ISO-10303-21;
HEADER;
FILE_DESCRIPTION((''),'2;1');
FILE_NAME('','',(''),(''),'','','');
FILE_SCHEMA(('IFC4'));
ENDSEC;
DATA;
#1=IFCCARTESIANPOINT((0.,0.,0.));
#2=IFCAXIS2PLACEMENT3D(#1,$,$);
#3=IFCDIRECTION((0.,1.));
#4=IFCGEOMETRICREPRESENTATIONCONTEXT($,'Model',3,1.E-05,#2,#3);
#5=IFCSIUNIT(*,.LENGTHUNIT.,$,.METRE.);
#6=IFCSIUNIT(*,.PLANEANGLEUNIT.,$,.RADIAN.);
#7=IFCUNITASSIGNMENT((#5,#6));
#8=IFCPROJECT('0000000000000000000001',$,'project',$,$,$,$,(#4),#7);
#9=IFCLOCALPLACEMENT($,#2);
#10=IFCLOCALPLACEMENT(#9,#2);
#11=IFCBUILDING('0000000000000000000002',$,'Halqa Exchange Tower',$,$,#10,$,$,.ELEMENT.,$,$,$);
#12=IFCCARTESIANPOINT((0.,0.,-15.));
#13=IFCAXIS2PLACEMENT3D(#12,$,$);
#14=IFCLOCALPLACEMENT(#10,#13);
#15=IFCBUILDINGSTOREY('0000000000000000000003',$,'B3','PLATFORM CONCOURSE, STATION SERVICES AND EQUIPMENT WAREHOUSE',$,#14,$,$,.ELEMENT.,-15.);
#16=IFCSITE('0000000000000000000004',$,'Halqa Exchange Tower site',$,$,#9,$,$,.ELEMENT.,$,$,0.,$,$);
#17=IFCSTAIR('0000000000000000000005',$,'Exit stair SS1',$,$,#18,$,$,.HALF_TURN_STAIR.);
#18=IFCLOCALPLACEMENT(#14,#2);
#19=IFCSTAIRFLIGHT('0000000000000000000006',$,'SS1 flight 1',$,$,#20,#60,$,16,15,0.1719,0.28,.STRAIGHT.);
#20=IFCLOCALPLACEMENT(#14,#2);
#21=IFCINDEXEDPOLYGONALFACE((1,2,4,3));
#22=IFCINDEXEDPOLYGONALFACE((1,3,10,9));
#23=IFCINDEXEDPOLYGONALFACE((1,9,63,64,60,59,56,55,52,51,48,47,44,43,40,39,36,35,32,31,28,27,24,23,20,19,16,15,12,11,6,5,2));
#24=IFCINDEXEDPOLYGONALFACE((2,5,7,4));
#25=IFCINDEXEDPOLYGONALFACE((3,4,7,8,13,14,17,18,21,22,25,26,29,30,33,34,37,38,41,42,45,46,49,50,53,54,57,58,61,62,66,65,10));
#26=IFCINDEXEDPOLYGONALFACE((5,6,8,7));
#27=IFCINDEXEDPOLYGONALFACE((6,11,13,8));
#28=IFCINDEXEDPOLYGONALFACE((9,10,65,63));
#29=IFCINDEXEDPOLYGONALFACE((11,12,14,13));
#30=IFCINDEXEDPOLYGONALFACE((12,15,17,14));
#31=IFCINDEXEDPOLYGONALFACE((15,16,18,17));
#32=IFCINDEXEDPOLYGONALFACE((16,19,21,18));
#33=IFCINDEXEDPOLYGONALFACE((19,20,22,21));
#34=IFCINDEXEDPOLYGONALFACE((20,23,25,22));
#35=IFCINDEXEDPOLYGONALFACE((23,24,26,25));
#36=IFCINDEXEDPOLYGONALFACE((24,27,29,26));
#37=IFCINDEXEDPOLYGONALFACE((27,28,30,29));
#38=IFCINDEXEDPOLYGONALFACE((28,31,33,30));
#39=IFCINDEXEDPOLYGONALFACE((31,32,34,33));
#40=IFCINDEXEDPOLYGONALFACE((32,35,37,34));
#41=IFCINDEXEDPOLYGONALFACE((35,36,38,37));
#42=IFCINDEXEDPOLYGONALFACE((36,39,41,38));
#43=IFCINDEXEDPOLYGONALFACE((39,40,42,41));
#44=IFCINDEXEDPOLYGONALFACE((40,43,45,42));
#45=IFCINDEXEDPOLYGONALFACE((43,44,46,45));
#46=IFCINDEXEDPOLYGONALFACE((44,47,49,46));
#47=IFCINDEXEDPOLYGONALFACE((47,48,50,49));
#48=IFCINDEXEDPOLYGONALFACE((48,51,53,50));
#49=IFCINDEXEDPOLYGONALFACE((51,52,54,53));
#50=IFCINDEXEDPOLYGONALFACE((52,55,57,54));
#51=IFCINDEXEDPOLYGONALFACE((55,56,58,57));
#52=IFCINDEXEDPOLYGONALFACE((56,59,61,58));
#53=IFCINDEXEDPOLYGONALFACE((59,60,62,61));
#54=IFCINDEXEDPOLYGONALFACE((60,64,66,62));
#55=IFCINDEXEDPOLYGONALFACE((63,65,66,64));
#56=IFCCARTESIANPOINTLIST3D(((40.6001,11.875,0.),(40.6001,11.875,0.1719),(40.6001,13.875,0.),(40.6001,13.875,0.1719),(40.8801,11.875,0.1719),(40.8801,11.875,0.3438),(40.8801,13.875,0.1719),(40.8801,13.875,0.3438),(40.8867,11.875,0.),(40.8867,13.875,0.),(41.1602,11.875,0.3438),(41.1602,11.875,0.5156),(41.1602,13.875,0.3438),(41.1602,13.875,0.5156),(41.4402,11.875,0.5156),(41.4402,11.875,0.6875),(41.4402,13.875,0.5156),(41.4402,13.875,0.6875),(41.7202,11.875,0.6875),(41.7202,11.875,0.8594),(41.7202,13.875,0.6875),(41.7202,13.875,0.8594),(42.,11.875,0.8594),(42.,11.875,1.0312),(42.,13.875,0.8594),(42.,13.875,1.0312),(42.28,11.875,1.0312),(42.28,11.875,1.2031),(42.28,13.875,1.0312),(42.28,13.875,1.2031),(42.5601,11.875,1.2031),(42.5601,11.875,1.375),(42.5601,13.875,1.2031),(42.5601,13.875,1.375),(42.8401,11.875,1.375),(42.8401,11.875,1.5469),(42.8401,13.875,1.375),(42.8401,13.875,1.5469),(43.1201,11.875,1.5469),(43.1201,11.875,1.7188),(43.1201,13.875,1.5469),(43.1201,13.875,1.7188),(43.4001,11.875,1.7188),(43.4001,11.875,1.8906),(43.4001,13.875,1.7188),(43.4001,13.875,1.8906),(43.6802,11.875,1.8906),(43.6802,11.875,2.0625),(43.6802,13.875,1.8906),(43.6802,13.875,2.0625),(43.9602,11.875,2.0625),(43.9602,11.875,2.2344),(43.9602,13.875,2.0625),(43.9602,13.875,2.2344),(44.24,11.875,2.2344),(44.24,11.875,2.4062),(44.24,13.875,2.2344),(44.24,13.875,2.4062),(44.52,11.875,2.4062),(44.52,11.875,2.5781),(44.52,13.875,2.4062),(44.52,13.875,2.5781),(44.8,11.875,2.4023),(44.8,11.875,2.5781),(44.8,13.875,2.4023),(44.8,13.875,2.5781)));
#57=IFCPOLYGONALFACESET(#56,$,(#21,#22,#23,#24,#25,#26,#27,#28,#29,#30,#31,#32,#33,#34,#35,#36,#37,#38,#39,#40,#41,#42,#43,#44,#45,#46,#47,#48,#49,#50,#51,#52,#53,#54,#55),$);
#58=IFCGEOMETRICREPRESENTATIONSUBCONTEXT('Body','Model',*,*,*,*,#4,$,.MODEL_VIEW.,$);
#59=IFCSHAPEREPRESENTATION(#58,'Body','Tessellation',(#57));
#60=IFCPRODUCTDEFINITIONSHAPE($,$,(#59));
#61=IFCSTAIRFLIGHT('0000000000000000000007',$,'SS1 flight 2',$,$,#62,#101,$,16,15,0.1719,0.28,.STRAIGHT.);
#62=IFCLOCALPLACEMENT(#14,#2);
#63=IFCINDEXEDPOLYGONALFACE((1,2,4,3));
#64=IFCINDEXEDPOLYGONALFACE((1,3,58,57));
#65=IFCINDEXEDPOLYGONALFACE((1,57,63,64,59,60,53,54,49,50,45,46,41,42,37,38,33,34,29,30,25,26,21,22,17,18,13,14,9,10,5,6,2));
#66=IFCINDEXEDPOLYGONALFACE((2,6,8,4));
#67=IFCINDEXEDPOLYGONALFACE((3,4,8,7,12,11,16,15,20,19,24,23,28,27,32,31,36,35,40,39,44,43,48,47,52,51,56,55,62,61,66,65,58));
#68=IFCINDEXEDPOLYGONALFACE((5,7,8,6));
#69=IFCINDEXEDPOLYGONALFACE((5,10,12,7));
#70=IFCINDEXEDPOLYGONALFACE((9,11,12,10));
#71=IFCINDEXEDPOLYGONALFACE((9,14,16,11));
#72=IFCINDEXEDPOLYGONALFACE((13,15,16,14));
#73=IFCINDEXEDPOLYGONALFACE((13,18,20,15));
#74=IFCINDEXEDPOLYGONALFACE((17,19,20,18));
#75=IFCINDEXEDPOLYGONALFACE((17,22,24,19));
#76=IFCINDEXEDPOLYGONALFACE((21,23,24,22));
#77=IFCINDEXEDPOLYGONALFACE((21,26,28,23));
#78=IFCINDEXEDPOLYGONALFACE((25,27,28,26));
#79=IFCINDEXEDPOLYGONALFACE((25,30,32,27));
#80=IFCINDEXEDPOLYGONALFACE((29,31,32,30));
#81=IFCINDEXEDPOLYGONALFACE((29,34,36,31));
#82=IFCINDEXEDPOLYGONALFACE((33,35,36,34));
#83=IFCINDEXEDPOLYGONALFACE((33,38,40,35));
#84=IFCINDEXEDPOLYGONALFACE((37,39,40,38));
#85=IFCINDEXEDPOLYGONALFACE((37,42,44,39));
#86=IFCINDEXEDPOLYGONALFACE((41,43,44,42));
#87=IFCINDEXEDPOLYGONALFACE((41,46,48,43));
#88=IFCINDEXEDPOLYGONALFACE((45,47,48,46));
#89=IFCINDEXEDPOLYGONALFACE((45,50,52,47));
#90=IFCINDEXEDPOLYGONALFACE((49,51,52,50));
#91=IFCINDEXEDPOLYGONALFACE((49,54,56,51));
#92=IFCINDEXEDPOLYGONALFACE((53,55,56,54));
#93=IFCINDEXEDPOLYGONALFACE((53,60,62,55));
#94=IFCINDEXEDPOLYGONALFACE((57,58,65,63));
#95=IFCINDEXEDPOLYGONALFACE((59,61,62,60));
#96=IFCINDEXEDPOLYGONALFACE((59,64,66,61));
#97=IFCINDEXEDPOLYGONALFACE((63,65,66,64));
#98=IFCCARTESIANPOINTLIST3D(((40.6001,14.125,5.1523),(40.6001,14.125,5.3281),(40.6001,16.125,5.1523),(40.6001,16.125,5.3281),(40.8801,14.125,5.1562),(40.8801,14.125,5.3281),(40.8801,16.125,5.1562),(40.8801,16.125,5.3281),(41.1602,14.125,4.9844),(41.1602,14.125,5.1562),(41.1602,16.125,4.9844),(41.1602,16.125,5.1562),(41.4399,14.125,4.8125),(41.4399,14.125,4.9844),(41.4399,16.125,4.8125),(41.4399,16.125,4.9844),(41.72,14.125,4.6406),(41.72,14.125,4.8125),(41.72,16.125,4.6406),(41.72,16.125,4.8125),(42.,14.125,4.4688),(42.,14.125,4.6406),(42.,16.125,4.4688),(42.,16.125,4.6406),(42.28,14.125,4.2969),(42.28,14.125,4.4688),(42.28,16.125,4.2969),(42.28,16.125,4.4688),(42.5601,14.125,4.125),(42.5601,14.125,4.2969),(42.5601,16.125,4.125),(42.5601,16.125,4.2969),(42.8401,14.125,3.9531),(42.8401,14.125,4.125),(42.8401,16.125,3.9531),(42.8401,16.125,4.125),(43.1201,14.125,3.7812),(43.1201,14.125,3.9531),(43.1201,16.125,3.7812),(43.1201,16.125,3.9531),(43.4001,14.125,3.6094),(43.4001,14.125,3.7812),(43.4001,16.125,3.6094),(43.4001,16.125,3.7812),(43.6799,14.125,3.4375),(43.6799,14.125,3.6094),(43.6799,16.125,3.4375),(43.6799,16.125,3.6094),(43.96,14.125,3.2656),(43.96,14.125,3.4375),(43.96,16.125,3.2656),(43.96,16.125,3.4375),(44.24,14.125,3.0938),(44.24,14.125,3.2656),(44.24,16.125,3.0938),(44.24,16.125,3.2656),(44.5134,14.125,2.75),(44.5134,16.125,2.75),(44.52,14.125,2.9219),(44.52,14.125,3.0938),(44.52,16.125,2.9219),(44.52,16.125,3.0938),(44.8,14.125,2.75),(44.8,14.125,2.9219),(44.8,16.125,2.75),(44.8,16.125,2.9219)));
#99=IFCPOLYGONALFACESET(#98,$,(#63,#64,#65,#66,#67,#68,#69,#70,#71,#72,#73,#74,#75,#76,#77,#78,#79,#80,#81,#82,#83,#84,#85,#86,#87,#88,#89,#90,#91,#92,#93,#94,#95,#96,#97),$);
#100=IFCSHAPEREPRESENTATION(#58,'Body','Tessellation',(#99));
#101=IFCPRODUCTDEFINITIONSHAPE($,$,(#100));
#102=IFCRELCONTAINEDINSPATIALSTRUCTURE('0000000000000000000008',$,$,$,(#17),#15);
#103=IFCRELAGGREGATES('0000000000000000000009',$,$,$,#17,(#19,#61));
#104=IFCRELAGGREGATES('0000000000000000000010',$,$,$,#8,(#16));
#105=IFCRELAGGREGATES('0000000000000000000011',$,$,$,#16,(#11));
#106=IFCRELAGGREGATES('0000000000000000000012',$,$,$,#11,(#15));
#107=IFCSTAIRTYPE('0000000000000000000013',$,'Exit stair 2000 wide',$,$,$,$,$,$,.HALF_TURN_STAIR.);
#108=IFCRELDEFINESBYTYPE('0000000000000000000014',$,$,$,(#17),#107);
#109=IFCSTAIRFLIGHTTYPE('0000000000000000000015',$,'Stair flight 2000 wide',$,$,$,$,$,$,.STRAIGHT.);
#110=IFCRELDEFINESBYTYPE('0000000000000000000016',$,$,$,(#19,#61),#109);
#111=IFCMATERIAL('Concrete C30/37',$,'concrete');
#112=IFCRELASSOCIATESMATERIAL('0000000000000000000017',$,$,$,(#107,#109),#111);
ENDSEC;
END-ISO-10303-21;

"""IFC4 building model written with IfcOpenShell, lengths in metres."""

from ifc_helpers import new_model, si_unit, direction, frame, origin, place, context, subcontext, project, spatial, polyline, outline, extrude, material, type_object, element, aggregate, save


model = new_model("IFC4")

# Units and contexts
model_context = context("Model", 3, precision=1e-05, world=origin(), true_north=direction((0.0, 1.0)))
body_context = subcontext(model_context, "Body", "Model", "MODEL_VIEW")
ifc_project = project(units=[si_unit("LENGTHUNIT", "METRE"), si_unit("PLANEANGLEUNIT", "RADIAN")], contexts=[model_context])

# Site, building, storey
site_placement = place(None, origin())
site = spatial("IfcSite", under=ifc_project, at=site_placement, Name="Halqa Exchange Tower site", CompositionType="ELEMENT", RefElevation=0.0)
building_placement = place(site_placement, origin())
building = spatial("IfcBuilding", under=site, at=building_placement, Name="Halqa Exchange Tower", CompositionType="ELEMENT")
storey_placement = place(building_placement, frame((0.0, 0.0, -15.0)))
storey = spatial("IfcBuildingStorey", under=building, at=storey_placement, Name="B3", Description="PLATFORM CONCOURSE, STATION SERVICES AND EQUIPMENT WAREHOUSE", CompositionType="ELEMENT", Elevation=-15.0)

# Shared definitions
ifc_material_1 = material(Name="Concrete C30/37", Category="concrete")

# Stair, stair flights
stair_type = type_object("IfcStairType", Name="Exit stair 2000 wide", PredefinedType="HALF_TURN_STAIR", material=ifc_material_1)
stair_placement = place(storey_placement, origin())
stair = element("IfcStair", 1, at=stair_placement, inside=storey, type_object=stair_type, Name="Exit stair SS1", PredefinedType="HALF_TURN_STAIR")
stair_flight_type = type_object("IfcStairFlightType", Name="Stair flight 2000 wide", PredefinedType="STRAIGHT", material=ifc_material_1)
stair_flight_1_placement = place(storey_placement, frame((40.6001, 12.875, 0.0), z_axis=(0.0, 0.0, 1.0), x_axis=(1.0, 0.0, 0.0)))
stair_flight_1 = element("IfcStairFlight", 2, at=stair_flight_1_placement, type_object=stair_flight_type, Name="SS1 flight 1", NumberOfRisers=16, NumberOfTreads=15, PredefinedType="STRAIGHT", RiserHeight=0.1719, TreadLength=0.28, context=body_context, shape_type="SweptSolid", body=[
    extrude(outline(polyline([(0.0, 0.0), (0.0, 0.1719), (0.28, 0.1719), (0.28, 0.3438), (0.5601, 0.3438), (0.5601, 0.5156), (0.8401, 0.5156), (0.8401, 0.6875), (1.1201, 0.6875), (1.1201, 0.8594), (1.3999, 0.8594), (1.3999, 1.0312), (1.6799, 1.0312), (1.6799, 1.2031), (1.96, 1.2031), (1.96, 1.375), (2.24, 1.375), (2.24, 1.5469), (2.52, 1.5469), (2.52, 1.7188), (2.8, 1.7188), (2.8, 1.8906), (3.0801, 1.8906), (3.0801, 2.0625), (3.3601, 2.0625), (3.3601, 2.2344), (3.6399, 2.2344), (3.6399, 2.4062), (3.9199, 2.4062), (3.9199, 2.5781), (4.2, 2.5781), (4.2, 2.75), (4.2, 2.4023), (0.2866, 0.0), (0.0, 0.0)])), frame((0.0, 1.0, 0.0), z_axis=(0.0, -1.0, 0.0), x_axis=(1.0, 0.0, 0.0)), (0.0, 0.0, 1.0), 2.0),
])
stair_flight_2_placement = place(storey_placement, frame((44.8, 15.125, 2.75), z_axis=(0.0, 0.0, 1.0), x_axis=(-1.0, 0.0, 0.0)))
stair_flight_2 = element("IfcStairFlight", 3, at=stair_flight_2_placement, type_object=stair_flight_type, Name="SS1 flight 2", NumberOfRisers=16, NumberOfTreads=15, PredefinedType="STRAIGHT", RiserHeight=0.1719, TreadLength=0.28, context=body_context, shape_type="SweptSolid", body=[
    extrude(outline(polyline([(0.0, 0.0), (0.0, 0.1719), (0.28, 0.1719), (0.28, 0.3438), (0.5601, 0.3438), (0.5601, 0.5156), (0.8401, 0.5156), (0.8401, 0.6875), (1.1201, 0.6875), (1.1201, 0.8594), (1.3999, 0.8594), (1.3999, 1.0312), (1.6799, 1.0312), (1.6799, 1.2031), (1.96, 1.2031), (1.96, 1.375), (2.24, 1.375), (2.24, 1.5469), (2.52, 1.5469), (2.52, 1.7188), (2.8, 1.7188), (2.8, 1.8906), (3.0801, 1.8906), (3.0801, 2.0625), (3.3601, 2.0625), (3.3601, 2.2344), (3.6399, 2.2344), (3.6399, 2.4062), (3.9199, 2.4062), (3.9199, 2.5781), (4.2, 2.5781), (4.2, 2.75), (4.2, 2.4023), (0.2866, 0.0), (0.0, 0.0)])), frame((0.0, 1.0, 0.0), z_axis=(0.0, -1.0, 0.0), x_axis=(1.0, 0.0, 0.0)), (0.0, 0.0, 1.0), 2.0),
])
aggregate(stair, [stair_flight_1, stair_flight_2])

save(model, "model.ifc")
